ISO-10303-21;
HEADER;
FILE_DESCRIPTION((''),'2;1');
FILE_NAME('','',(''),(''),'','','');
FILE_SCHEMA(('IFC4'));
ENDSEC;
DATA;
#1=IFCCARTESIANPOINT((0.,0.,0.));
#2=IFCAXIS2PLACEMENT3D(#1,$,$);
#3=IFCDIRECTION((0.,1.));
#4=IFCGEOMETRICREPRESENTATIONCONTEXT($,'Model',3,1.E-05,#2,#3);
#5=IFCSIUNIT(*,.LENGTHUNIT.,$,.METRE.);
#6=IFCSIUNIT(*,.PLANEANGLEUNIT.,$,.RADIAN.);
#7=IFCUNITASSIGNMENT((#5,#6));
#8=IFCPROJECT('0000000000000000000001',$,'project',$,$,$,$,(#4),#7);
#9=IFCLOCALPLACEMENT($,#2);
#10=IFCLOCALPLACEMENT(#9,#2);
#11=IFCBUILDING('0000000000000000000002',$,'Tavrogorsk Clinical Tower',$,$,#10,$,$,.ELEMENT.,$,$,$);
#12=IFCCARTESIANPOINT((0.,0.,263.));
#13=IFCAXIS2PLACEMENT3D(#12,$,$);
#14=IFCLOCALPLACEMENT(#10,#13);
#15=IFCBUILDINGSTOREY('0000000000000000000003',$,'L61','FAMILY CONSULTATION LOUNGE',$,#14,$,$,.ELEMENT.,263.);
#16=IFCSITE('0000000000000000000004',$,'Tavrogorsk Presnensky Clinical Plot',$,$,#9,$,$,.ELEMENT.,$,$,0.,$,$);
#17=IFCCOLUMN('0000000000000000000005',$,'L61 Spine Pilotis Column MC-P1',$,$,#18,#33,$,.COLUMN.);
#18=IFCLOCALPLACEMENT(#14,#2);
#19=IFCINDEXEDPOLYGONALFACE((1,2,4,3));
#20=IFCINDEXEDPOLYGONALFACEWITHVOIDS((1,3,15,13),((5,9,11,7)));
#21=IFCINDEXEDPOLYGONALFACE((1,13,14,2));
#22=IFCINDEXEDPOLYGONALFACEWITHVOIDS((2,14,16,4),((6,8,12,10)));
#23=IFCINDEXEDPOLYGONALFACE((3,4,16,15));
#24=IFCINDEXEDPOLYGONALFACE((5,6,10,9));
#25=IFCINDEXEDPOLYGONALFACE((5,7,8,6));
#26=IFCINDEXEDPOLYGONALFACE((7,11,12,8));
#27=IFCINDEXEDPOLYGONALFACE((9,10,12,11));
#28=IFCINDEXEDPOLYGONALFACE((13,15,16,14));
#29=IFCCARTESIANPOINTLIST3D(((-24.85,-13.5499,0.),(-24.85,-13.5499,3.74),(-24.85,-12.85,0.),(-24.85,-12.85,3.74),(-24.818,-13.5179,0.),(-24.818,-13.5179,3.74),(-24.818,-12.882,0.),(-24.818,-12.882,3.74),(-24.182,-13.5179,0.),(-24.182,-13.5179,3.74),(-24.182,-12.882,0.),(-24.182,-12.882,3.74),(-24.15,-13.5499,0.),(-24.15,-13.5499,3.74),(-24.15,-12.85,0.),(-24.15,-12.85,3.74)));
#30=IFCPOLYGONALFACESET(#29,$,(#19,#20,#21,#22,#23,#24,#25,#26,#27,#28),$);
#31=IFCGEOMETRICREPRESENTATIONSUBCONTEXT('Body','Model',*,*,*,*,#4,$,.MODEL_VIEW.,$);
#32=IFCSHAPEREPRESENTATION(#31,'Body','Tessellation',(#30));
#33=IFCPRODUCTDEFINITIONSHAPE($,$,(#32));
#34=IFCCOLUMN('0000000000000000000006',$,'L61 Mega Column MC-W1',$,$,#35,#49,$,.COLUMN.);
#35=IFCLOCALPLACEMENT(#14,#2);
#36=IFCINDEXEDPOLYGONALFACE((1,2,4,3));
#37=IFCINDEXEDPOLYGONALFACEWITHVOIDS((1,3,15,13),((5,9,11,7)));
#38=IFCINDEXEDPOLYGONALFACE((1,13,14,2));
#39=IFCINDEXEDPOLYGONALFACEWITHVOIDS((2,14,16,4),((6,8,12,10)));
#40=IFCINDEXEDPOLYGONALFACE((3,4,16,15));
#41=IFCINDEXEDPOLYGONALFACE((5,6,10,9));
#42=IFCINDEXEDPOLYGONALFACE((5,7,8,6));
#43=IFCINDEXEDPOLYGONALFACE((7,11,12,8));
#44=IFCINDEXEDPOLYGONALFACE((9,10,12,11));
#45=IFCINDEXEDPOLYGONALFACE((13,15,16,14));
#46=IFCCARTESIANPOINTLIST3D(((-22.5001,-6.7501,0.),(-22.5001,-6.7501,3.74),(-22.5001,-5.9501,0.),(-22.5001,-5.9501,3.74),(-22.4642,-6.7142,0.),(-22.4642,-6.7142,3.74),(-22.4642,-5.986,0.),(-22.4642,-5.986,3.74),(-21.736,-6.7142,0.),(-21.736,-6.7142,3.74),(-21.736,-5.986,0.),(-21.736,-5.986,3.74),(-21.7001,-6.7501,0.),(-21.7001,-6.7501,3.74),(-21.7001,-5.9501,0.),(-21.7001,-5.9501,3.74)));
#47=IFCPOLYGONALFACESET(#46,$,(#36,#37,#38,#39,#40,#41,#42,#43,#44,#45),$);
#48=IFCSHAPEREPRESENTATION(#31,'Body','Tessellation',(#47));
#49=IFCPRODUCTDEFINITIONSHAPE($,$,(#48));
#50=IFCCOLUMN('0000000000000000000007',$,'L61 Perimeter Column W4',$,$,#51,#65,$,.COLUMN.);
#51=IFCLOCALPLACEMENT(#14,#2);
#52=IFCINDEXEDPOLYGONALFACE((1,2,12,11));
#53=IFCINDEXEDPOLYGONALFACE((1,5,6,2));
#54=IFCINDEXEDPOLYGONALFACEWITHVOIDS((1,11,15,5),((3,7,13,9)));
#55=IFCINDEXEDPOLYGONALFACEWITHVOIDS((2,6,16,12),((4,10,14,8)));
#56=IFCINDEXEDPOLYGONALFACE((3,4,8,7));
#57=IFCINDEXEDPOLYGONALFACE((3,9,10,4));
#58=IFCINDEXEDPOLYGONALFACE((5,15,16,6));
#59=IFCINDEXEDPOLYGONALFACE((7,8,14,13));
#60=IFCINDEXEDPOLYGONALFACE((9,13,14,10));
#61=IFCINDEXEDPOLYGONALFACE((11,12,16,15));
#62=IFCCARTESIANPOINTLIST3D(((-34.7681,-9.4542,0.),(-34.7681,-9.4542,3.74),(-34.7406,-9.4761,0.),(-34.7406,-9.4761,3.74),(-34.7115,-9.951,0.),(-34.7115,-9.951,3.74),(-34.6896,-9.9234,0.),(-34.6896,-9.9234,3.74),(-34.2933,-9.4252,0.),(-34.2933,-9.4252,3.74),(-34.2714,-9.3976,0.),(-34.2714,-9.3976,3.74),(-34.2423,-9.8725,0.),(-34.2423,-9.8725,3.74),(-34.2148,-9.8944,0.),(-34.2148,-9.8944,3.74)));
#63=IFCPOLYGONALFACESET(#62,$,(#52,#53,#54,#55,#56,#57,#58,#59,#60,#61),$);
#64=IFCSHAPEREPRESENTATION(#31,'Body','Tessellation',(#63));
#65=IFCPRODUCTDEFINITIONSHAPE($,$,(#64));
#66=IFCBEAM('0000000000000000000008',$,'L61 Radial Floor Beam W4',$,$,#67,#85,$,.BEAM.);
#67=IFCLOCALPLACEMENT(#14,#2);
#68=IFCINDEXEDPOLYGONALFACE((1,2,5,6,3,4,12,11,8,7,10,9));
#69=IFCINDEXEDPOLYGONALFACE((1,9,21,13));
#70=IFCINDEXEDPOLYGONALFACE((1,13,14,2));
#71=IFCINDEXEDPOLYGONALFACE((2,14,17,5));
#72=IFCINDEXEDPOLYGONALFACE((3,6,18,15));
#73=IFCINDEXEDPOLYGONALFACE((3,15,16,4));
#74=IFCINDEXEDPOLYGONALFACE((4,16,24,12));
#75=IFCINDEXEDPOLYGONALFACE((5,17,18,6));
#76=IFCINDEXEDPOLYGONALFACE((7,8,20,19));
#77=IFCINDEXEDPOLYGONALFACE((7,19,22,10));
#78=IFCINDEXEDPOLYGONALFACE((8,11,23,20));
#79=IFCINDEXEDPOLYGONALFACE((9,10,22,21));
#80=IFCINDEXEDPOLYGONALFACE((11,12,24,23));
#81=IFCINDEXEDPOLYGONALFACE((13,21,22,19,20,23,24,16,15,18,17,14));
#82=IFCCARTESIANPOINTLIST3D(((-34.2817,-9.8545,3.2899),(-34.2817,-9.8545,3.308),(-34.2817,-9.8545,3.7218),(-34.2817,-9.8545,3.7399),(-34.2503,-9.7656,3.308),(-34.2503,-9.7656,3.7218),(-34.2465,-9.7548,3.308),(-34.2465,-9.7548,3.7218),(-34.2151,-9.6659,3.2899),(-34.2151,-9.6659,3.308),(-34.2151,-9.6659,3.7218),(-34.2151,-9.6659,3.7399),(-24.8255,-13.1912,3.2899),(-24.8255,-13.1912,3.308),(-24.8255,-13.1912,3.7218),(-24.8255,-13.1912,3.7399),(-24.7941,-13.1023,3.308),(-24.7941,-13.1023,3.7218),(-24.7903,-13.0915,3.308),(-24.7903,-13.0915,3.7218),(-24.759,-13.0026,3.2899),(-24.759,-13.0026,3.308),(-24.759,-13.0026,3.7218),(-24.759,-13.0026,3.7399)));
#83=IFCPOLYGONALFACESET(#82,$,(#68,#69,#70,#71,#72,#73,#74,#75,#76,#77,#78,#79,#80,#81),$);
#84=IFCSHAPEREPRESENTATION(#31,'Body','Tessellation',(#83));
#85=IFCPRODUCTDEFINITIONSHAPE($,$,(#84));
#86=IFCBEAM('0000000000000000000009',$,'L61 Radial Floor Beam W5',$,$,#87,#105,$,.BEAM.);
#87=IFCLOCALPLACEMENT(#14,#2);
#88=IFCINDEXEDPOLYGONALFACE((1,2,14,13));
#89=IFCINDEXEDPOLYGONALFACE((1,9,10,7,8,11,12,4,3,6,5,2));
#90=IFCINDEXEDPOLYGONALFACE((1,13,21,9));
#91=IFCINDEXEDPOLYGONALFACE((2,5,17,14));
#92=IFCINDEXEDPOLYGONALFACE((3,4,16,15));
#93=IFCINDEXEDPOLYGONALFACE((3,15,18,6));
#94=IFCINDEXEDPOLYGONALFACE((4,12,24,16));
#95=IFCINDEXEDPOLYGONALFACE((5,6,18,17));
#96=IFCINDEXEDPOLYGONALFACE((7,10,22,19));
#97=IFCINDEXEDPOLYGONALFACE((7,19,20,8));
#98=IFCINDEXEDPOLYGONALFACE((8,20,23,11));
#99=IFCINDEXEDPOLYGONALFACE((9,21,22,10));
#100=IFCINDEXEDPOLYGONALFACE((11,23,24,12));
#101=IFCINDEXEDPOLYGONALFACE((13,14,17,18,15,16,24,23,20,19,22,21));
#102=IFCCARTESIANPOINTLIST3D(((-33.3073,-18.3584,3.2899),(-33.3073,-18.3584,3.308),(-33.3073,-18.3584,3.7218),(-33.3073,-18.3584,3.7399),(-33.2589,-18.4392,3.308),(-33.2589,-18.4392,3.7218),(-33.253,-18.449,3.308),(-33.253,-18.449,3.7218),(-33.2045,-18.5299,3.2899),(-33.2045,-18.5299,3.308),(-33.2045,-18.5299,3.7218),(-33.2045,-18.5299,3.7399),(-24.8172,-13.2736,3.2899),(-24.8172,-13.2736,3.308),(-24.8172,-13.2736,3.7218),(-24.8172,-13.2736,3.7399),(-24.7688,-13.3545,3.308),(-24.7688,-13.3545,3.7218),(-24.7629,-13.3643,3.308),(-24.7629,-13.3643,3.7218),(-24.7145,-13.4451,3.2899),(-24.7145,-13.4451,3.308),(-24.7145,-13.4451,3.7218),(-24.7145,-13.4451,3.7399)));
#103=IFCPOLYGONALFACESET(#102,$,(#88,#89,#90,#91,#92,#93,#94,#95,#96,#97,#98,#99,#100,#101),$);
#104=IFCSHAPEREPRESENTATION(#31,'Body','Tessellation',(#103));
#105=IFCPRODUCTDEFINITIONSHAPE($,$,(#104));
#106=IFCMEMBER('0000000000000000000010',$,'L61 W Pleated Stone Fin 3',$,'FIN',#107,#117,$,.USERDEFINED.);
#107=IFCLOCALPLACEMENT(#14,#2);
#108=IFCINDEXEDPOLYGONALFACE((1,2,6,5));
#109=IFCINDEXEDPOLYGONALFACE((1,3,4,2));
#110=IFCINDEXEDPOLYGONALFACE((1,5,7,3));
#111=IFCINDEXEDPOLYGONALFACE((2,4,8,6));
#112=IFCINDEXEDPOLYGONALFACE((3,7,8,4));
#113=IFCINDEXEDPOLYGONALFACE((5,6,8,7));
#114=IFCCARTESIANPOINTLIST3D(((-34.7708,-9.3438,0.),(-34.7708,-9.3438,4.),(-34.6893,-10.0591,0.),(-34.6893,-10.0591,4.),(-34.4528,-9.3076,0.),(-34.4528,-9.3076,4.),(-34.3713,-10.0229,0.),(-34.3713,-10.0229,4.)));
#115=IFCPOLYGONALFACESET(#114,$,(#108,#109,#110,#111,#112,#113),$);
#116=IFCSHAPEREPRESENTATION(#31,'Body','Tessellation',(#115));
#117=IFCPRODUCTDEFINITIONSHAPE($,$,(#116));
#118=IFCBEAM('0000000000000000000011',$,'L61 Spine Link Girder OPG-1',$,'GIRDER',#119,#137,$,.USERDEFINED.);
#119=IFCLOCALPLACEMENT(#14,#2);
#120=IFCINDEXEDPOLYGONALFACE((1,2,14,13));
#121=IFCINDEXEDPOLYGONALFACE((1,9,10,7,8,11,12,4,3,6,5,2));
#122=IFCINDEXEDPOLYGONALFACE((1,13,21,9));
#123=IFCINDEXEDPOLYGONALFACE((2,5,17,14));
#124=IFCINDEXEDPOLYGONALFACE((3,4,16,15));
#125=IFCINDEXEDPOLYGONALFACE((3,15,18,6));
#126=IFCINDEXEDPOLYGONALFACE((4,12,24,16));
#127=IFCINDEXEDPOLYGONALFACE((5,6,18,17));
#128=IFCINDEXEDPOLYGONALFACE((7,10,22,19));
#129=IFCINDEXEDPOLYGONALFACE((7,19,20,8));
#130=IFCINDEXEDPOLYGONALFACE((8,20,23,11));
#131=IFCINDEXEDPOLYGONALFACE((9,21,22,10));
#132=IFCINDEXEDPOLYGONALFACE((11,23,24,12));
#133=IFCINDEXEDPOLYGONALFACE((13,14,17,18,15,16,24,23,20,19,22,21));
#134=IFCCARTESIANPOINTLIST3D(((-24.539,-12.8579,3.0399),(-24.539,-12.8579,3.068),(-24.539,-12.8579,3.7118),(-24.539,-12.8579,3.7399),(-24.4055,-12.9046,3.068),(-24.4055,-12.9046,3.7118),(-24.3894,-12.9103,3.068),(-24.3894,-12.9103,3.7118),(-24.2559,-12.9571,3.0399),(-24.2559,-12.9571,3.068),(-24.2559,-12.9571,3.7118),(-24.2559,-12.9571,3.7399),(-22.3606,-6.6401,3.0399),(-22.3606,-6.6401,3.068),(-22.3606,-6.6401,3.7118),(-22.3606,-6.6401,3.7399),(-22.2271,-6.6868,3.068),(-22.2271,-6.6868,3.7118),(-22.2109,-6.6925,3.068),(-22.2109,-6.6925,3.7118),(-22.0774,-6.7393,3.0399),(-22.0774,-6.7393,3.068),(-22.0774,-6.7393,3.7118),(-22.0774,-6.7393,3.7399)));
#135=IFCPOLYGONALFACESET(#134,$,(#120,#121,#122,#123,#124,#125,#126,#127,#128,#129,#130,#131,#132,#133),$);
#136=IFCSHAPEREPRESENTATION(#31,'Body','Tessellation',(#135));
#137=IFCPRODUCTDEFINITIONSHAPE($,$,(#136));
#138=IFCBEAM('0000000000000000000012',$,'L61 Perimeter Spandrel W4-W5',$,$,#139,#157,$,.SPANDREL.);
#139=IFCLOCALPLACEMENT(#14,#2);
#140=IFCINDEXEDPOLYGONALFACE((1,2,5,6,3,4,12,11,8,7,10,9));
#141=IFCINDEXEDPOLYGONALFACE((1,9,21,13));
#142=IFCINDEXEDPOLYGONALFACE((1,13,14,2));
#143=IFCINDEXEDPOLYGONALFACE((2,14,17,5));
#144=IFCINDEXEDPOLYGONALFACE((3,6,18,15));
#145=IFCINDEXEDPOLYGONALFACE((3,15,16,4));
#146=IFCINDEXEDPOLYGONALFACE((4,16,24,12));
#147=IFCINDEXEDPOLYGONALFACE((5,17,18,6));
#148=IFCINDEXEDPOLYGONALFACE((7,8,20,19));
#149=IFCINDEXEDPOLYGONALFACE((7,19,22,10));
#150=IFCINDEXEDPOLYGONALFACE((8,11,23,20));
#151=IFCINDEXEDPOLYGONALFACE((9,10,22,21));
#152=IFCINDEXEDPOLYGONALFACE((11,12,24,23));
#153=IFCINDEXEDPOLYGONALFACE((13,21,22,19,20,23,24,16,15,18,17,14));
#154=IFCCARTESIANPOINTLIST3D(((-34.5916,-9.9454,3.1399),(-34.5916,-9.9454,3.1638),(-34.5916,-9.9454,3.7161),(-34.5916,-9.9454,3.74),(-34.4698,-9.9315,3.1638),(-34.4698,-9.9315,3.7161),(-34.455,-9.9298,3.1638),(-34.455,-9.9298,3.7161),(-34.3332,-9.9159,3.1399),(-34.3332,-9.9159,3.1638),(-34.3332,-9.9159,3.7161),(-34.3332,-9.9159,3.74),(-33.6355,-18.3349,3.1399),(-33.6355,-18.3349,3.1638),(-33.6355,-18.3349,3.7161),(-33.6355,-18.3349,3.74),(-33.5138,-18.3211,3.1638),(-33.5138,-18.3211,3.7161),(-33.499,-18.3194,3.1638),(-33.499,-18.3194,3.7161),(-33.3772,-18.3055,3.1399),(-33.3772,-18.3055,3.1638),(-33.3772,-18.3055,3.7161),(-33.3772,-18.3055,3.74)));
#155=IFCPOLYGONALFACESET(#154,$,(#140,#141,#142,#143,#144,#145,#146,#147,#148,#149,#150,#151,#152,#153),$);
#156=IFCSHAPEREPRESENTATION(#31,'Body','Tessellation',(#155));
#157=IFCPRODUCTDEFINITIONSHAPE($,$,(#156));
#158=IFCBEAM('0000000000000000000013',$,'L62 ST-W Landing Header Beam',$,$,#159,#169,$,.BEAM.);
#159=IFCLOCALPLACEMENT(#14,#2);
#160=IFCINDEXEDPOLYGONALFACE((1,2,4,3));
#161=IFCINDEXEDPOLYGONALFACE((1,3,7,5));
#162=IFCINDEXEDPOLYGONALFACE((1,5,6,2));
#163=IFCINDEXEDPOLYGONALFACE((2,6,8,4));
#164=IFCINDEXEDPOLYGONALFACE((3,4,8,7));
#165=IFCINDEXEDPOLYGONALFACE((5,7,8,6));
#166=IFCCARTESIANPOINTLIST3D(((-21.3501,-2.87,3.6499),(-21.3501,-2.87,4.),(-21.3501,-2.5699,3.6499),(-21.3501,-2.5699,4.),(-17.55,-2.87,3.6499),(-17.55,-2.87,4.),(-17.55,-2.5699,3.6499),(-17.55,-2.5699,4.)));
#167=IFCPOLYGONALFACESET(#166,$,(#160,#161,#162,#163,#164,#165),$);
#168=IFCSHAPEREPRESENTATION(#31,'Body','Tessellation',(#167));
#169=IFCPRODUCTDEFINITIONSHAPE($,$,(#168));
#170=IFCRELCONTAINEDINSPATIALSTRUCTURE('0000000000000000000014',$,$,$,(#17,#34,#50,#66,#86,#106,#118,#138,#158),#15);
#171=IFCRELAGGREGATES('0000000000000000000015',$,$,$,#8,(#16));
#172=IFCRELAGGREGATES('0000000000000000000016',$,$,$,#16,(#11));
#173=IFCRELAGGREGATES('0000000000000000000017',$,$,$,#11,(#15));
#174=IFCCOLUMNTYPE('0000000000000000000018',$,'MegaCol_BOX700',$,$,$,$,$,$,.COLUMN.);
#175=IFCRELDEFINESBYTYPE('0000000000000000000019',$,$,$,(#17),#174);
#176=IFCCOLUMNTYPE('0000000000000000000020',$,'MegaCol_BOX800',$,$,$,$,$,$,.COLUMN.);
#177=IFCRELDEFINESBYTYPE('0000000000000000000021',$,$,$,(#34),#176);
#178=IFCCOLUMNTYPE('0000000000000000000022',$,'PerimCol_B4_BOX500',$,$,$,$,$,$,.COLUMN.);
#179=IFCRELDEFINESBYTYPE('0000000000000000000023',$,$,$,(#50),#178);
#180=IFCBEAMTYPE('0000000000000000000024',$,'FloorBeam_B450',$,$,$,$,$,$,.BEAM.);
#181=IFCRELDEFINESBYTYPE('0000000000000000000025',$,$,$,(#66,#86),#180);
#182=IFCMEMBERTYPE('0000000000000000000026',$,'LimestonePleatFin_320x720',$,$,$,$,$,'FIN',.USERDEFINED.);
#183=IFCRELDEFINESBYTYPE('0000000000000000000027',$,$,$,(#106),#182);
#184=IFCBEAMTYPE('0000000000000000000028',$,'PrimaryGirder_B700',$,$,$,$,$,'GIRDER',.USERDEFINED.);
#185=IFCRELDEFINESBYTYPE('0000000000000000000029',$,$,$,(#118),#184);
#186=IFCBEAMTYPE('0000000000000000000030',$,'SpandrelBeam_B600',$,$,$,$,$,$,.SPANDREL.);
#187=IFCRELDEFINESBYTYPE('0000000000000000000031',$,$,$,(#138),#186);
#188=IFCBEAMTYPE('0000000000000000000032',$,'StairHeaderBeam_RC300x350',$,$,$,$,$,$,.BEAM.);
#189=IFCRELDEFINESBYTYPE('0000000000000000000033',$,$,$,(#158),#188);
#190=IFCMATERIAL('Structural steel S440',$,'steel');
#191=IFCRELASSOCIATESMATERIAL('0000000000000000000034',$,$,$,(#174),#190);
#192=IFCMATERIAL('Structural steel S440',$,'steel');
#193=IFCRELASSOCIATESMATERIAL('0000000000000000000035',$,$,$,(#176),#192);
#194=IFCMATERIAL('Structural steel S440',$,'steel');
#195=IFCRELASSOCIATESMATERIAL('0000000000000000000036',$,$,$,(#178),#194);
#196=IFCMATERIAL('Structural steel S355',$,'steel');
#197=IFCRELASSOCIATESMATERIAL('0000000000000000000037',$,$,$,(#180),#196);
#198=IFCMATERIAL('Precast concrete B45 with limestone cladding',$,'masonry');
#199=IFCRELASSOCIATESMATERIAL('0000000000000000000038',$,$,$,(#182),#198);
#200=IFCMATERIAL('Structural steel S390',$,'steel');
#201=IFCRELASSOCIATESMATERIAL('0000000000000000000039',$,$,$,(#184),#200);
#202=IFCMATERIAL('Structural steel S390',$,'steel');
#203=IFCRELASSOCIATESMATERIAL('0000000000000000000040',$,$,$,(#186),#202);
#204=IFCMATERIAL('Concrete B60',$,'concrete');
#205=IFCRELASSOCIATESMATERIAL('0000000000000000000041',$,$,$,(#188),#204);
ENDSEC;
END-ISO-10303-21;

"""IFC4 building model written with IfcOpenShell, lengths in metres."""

from ifc_helpers import new_model, si_unit, direction, frame, origin, origin_2d, place, context, subcontext, project, spatial, rectangle, hollow_rectangle, i_section, extrude, material, material_profile, profile_set, type_object, element, save


model = new_model("IFC4")

# Units and contexts
model_context = context("Model", 3, precision=1e-05, world=origin(), true_north=direction((0.0, 1.0)))
body_context = subcontext(model_context, "Body", "Model", "MODEL_VIEW")
ifc_project = project(units=[si_unit("LENGTHUNIT", "METRE"), si_unit("PLANEANGLEUNIT", "RADIAN")], contexts=[model_context])

# Site, building, storey
site_placement = place(None, origin())
site = spatial("IfcSite", under=ifc_project, at=site_placement, Name="Tavrogorsk Presnensky Clinical Plot", CompositionType="ELEMENT", RefElevation=0.0)
building_placement = place(site_placement, origin())
building = spatial("IfcBuilding", under=site, at=building_placement, Name="Tavrogorsk Clinical Tower", CompositionType="ELEMENT")
storey_placement = place(building_placement, frame((0.0, 0.0, 263.0)))
storey = spatial("IfcBuildingStorey", under=building, at=storey_placement, Name="L61", Description="FAMILY CONSULTATION LOUNGE", CompositionType="ELEMENT", Elevation=263.0)

# Columns
ifc_material_1 = material(Name="Structural steel S440", Category="steel")
ifc_material_profile_1 = material_profile(ifc_material_1, hollow_rectangle(XDim=0.7, YDim=0.7, WallThickness=0.032, at=origin_2d()), Name="BOX-700x700x32")
ifc_profile_set_1 = profile_set([ifc_material_profile_1], Name="Structural steel S440")
column_type_1 = type_object("IfcColumnType", Name="MegaCol_BOX700", PredefinedType="COLUMN", material=ifc_profile_set_1)
column_1_placement = place(storey_placement, frame((-24.5, -13.2, 0.0), z_axis=(0.0, 0.0, 1.0), x_axis=(1.0, 0.0, 0.0)))
element("IfcColumn", 1, at=column_1_placement, inside=storey, type_object=column_type_1, Name="L61 Spine Pilotis Column MC-P1", PredefinedType="COLUMN", context=body_context, shape_type="SweptSolid", body=[
    extrude(hollow_rectangle(XDim=0.7, YDim=0.7, WallThickness=0.032, at=origin_2d()), origin(), (0.0, 0.0, 1.0), 3.74),
])
ifc_material_2 = material(Name="Structural steel S440", Category="steel")
ifc_material_profile_2 = material_profile(ifc_material_2, hollow_rectangle(XDim=0.8, YDim=0.8, WallThickness=0.0359, at=origin_2d()), Name="BOX-800x800x36")
ifc_profile_set_2 = profile_set([ifc_material_profile_2], Name="Structural steel S440")
column_type_2 = type_object("IfcColumnType", Name="MegaCol_BOX800", PredefinedType="COLUMN", material=ifc_profile_set_2)
column_2_placement = place(storey_placement, frame((-22.1001, -6.3501, 0.0), z_axis=(0.0, 0.0, 1.0), x_axis=(1.0, 0.0, 0.0)))
element("IfcColumn", 2, at=column_2_placement, inside=storey, type_object=column_type_2, Name="L61 Mega Column MC-W1", PredefinedType="COLUMN", context=body_context, shape_type="SweptSolid", body=[
    extrude(hollow_rectangle(XDim=0.8, YDim=0.8, WallThickness=0.0359, at=origin_2d()), origin(), (0.0, 0.0, 1.0), 3.74),
])
ifc_material_3 = material(Name="Structural steel S440", Category="steel")
ifc_material_profile_3 = material_profile(ifc_material_3, hollow_rectangle(XDim=0.5, YDim=0.5, WallThickness=0.0249, at=origin_2d()), Name="BOX-500x500x25")
ifc_profile_set_3 = profile_set([ifc_material_profile_3], Name="Structural steel S440")
column_type_3 = type_object("IfcColumnType", Name="PerimCol_B4_BOX500", PredefinedType="COLUMN", material=ifc_profile_set_3)
column_3_placement = place(storey_placement, frame((-34.4915, -9.6743, 0.0), z_axis=(0.0, 0.0, 1.0), x_axis=(0.993572, 0.113203, 0.0)))
element("IfcColumn", 3, at=column_3_placement, inside=storey, type_object=column_type_3, Name="L61 Perimeter Column W4", PredefinedType="COLUMN", context=body_context, shape_type="SweptSolid", body=[
    extrude(hollow_rectangle(XDim=0.5, YDim=0.5, WallThickness=0.0249, at=origin_2d()), origin(), (0.0, 0.0, 1.0), 3.74),
])

# Beams
ifc_material_4 = material(Name="Structural steel S355", Category="steel")
ifc_material_profile_4 = material_profile(ifc_material_4, i_section(OverallWidth=0.2, OverallDepth=0.45, WebThickness=0.0115, FlangeThickness=0.0181, at=origin_2d()), Name="B-450x200x11.5x18")
ifc_profile_set_4 = profile_set([ifc_material_profile_4], Name="Structural steel S355")
beam_type_1 = type_object("IfcBeamType", Name="FloorBeam_B450", PredefinedType="BEAM", material=ifc_profile_set_4)
beam_1_placement = place(storey_placement, frame((-24.7922, -13.0969, 3.5149), z_axis=(-0.943014, 0.332753, 0.0), x_axis=(-0.332753, -0.943014, 0.0)))
element("IfcBeam", 4, at=beam_1_placement, inside=storey, type_object=beam_type_1, Name="L61 Radial Floor Beam W4", PredefinedType="BEAM", context=body_context, shape_type="SweptSolid", body=[
    extrude(i_section(OverallWidth=0.2, OverallDepth=0.45, WebThickness=0.0115, FlangeThickness=0.0181, at=origin_2d()), origin(), (0.0, 0.0, 1.0), 10.0276),
])
beam_2_placement = place(storey_placement, frame((-24.7659, -13.3594, 3.5149), z_axis=(-0.857906, -0.513806, 0.0), x_axis=(0.513806, -0.857906, 0.0)))
element("IfcBeam", 5, at=beam_2_placement, inside=storey, type_object=beam_type_1, Name="L61 Radial Floor Beam W5", PredefinedType="BEAM", context=body_context, shape_type="SweptSolid", body=[
    extrude(i_section(OverallWidth=0.2, OverallDepth=0.45, WebThickness=0.0115, FlangeThickness=0.0181, at=origin_2d()), origin(), (0.0, 0.0, 1.0), 9.8962),
])

# Member
ifc_material_5 = material(Name="Precast concrete B45 with limestone cladding", Category="masonry")
ifc_material_profile_5 = material_profile(ifc_material_5, rectangle(XDim=0.3201, YDim=0.72, at=origin_2d()), Name="LIMESTONE-FIN-320x720")
ifc_profile_set_5 = profile_set([ifc_material_profile_5], Name="Precast concrete B45 with limestone cladding")
member_type = type_object("IfcMemberType", Name="LimestonePleatFin_320x720", ElementType="FIN", PredefinedType="USERDEFINED", material=ifc_profile_set_5)
member_placement = place(storey_placement, frame((-34.571, -9.6833, 0.0), z_axis=(0.0, 0.0, 1.0), x_axis=(0.993572, 0.113203, 0.0)))
element("IfcMember", 6, at=member_placement, inside=storey, type_object=member_type, Name="L61 W Pleated Stone Fin 3", ObjectType="FIN", PredefinedType="USERDEFINED", context=body_context, shape_type="SweptSolid", body=[
    extrude(rectangle(XDim=0.3201, YDim=0.72, at=origin_2d()), origin(), (0.0, 0.0, 1.0), 4.0),
])

# Beams
ifc_material_6 = material(Name="Structural steel S390", Category="steel")
ifc_material_profile_6 = material_profile(ifc_material_6, i_section(OverallWidth=0.3, OverallDepth=0.7, WebThickness=0.0171, FlangeThickness=0.0281, at=origin_2d()), Name="B-700x300x17x28")
ifc_profile_set_6 = profile_set([ifc_material_profile_6], Name="Structural steel S390")
beam_type_2 = type_object("IfcBeamType", Name="PrimaryGirder_B700", ElementType="GIRDER", PredefinedType="USERDEFINED", material=ifc_profile_set_6)
beam_3_placement = place(storey_placement, frame((-24.3975, -12.9075, 3.3899), z_axis=(0.330654, 0.943752, 0.0), x_axis=(-0.943752, 0.330654, 0.0)))
element("IfcBeam", 7, at=beam_3_placement, inside=storey, type_object=beam_type_2, Name="L61 Spine Link Girder OPG-1", ObjectType="GIRDER", PredefinedType="USERDEFINED", context=body_context, shape_type="SweptSolid", body=[
    extrude(i_section(OverallWidth=0.3, OverallDepth=0.7, WebThickness=0.0171, FlangeThickness=0.0281, at=origin_2d()), origin(), (0.0, 0.0, 1.0), 6.5884),
])
ifc_material_7 = material(Name="Structural steel S390", Category="steel")
ifc_material_profile_7 = material_profile(ifc_material_7, i_section(OverallWidth=0.26, OverallDepth=0.6001, WebThickness=0.0149, FlangeThickness=0.0239, at=origin_2d()), Name="B-600x260x15x24")
ifc_profile_set_7 = profile_set([ifc_material_profile_7], Name="Structural steel S390")
beam_type_3 = type_object("IfcBeamType", Name="SpandrelBeam_B600", PredefinedType="SPANDREL", material=ifc_profile_set_7)
beam_4_placement = place(storey_placement, frame((-34.4624, -9.9307, 3.4399), z_axis=(0.113224, -0.99357, 0.0), x_axis=(0.99357, 0.113224, 0.0)))
element("IfcBeam", 8, at=beam_4_placement, inside=storey, type_object=beam_type_3, Name="L61 Perimeter Spandrel W4-W5", PredefinedType="SPANDREL", context=body_context, shape_type="SweptSolid", body=[
    extrude(i_section(OverallWidth=0.26, OverallDepth=0.6001, WebThickness=0.0149, FlangeThickness=0.0239, at=origin_2d()), origin(), (0.0, 0.0, 1.0), 8.4438),
])
ifc_material_8 = material(Name="Concrete B60", Category="concrete")
ifc_material_profile_8 = material_profile(ifc_material_8, rectangle(XDim=0.3, YDim=0.3501, at=origin_2d()), Name="RC-SHB-300x350")
ifc_profile_set_8 = profile_set([ifc_material_profile_8], Name="Concrete B60")
beam_type_4 = type_object("IfcBeamType", Name="StairHeaderBeam_RC300x350", PredefinedType="BEAM", material=ifc_profile_set_8)
beam_5_placement = place(storey_placement, frame((-21.3501, -2.72, 3.825), z_axis=(1.0, 0.0, 0.0), x_axis=(0.0, 1.0, 0.0)))
element("IfcBeam", 9, at=beam_5_placement, inside=storey, type_object=beam_type_4, Name="L62 ST-W Landing Header Beam", PredefinedType="BEAM", context=body_context, shape_type="SweptSolid", body=[
    extrude(rectangle(XDim=0.3, YDim=0.3501, at=origin_2d()), origin(), (0.0, 0.0, 1.0), 3.8),
])

save(model, "model.ifc")
